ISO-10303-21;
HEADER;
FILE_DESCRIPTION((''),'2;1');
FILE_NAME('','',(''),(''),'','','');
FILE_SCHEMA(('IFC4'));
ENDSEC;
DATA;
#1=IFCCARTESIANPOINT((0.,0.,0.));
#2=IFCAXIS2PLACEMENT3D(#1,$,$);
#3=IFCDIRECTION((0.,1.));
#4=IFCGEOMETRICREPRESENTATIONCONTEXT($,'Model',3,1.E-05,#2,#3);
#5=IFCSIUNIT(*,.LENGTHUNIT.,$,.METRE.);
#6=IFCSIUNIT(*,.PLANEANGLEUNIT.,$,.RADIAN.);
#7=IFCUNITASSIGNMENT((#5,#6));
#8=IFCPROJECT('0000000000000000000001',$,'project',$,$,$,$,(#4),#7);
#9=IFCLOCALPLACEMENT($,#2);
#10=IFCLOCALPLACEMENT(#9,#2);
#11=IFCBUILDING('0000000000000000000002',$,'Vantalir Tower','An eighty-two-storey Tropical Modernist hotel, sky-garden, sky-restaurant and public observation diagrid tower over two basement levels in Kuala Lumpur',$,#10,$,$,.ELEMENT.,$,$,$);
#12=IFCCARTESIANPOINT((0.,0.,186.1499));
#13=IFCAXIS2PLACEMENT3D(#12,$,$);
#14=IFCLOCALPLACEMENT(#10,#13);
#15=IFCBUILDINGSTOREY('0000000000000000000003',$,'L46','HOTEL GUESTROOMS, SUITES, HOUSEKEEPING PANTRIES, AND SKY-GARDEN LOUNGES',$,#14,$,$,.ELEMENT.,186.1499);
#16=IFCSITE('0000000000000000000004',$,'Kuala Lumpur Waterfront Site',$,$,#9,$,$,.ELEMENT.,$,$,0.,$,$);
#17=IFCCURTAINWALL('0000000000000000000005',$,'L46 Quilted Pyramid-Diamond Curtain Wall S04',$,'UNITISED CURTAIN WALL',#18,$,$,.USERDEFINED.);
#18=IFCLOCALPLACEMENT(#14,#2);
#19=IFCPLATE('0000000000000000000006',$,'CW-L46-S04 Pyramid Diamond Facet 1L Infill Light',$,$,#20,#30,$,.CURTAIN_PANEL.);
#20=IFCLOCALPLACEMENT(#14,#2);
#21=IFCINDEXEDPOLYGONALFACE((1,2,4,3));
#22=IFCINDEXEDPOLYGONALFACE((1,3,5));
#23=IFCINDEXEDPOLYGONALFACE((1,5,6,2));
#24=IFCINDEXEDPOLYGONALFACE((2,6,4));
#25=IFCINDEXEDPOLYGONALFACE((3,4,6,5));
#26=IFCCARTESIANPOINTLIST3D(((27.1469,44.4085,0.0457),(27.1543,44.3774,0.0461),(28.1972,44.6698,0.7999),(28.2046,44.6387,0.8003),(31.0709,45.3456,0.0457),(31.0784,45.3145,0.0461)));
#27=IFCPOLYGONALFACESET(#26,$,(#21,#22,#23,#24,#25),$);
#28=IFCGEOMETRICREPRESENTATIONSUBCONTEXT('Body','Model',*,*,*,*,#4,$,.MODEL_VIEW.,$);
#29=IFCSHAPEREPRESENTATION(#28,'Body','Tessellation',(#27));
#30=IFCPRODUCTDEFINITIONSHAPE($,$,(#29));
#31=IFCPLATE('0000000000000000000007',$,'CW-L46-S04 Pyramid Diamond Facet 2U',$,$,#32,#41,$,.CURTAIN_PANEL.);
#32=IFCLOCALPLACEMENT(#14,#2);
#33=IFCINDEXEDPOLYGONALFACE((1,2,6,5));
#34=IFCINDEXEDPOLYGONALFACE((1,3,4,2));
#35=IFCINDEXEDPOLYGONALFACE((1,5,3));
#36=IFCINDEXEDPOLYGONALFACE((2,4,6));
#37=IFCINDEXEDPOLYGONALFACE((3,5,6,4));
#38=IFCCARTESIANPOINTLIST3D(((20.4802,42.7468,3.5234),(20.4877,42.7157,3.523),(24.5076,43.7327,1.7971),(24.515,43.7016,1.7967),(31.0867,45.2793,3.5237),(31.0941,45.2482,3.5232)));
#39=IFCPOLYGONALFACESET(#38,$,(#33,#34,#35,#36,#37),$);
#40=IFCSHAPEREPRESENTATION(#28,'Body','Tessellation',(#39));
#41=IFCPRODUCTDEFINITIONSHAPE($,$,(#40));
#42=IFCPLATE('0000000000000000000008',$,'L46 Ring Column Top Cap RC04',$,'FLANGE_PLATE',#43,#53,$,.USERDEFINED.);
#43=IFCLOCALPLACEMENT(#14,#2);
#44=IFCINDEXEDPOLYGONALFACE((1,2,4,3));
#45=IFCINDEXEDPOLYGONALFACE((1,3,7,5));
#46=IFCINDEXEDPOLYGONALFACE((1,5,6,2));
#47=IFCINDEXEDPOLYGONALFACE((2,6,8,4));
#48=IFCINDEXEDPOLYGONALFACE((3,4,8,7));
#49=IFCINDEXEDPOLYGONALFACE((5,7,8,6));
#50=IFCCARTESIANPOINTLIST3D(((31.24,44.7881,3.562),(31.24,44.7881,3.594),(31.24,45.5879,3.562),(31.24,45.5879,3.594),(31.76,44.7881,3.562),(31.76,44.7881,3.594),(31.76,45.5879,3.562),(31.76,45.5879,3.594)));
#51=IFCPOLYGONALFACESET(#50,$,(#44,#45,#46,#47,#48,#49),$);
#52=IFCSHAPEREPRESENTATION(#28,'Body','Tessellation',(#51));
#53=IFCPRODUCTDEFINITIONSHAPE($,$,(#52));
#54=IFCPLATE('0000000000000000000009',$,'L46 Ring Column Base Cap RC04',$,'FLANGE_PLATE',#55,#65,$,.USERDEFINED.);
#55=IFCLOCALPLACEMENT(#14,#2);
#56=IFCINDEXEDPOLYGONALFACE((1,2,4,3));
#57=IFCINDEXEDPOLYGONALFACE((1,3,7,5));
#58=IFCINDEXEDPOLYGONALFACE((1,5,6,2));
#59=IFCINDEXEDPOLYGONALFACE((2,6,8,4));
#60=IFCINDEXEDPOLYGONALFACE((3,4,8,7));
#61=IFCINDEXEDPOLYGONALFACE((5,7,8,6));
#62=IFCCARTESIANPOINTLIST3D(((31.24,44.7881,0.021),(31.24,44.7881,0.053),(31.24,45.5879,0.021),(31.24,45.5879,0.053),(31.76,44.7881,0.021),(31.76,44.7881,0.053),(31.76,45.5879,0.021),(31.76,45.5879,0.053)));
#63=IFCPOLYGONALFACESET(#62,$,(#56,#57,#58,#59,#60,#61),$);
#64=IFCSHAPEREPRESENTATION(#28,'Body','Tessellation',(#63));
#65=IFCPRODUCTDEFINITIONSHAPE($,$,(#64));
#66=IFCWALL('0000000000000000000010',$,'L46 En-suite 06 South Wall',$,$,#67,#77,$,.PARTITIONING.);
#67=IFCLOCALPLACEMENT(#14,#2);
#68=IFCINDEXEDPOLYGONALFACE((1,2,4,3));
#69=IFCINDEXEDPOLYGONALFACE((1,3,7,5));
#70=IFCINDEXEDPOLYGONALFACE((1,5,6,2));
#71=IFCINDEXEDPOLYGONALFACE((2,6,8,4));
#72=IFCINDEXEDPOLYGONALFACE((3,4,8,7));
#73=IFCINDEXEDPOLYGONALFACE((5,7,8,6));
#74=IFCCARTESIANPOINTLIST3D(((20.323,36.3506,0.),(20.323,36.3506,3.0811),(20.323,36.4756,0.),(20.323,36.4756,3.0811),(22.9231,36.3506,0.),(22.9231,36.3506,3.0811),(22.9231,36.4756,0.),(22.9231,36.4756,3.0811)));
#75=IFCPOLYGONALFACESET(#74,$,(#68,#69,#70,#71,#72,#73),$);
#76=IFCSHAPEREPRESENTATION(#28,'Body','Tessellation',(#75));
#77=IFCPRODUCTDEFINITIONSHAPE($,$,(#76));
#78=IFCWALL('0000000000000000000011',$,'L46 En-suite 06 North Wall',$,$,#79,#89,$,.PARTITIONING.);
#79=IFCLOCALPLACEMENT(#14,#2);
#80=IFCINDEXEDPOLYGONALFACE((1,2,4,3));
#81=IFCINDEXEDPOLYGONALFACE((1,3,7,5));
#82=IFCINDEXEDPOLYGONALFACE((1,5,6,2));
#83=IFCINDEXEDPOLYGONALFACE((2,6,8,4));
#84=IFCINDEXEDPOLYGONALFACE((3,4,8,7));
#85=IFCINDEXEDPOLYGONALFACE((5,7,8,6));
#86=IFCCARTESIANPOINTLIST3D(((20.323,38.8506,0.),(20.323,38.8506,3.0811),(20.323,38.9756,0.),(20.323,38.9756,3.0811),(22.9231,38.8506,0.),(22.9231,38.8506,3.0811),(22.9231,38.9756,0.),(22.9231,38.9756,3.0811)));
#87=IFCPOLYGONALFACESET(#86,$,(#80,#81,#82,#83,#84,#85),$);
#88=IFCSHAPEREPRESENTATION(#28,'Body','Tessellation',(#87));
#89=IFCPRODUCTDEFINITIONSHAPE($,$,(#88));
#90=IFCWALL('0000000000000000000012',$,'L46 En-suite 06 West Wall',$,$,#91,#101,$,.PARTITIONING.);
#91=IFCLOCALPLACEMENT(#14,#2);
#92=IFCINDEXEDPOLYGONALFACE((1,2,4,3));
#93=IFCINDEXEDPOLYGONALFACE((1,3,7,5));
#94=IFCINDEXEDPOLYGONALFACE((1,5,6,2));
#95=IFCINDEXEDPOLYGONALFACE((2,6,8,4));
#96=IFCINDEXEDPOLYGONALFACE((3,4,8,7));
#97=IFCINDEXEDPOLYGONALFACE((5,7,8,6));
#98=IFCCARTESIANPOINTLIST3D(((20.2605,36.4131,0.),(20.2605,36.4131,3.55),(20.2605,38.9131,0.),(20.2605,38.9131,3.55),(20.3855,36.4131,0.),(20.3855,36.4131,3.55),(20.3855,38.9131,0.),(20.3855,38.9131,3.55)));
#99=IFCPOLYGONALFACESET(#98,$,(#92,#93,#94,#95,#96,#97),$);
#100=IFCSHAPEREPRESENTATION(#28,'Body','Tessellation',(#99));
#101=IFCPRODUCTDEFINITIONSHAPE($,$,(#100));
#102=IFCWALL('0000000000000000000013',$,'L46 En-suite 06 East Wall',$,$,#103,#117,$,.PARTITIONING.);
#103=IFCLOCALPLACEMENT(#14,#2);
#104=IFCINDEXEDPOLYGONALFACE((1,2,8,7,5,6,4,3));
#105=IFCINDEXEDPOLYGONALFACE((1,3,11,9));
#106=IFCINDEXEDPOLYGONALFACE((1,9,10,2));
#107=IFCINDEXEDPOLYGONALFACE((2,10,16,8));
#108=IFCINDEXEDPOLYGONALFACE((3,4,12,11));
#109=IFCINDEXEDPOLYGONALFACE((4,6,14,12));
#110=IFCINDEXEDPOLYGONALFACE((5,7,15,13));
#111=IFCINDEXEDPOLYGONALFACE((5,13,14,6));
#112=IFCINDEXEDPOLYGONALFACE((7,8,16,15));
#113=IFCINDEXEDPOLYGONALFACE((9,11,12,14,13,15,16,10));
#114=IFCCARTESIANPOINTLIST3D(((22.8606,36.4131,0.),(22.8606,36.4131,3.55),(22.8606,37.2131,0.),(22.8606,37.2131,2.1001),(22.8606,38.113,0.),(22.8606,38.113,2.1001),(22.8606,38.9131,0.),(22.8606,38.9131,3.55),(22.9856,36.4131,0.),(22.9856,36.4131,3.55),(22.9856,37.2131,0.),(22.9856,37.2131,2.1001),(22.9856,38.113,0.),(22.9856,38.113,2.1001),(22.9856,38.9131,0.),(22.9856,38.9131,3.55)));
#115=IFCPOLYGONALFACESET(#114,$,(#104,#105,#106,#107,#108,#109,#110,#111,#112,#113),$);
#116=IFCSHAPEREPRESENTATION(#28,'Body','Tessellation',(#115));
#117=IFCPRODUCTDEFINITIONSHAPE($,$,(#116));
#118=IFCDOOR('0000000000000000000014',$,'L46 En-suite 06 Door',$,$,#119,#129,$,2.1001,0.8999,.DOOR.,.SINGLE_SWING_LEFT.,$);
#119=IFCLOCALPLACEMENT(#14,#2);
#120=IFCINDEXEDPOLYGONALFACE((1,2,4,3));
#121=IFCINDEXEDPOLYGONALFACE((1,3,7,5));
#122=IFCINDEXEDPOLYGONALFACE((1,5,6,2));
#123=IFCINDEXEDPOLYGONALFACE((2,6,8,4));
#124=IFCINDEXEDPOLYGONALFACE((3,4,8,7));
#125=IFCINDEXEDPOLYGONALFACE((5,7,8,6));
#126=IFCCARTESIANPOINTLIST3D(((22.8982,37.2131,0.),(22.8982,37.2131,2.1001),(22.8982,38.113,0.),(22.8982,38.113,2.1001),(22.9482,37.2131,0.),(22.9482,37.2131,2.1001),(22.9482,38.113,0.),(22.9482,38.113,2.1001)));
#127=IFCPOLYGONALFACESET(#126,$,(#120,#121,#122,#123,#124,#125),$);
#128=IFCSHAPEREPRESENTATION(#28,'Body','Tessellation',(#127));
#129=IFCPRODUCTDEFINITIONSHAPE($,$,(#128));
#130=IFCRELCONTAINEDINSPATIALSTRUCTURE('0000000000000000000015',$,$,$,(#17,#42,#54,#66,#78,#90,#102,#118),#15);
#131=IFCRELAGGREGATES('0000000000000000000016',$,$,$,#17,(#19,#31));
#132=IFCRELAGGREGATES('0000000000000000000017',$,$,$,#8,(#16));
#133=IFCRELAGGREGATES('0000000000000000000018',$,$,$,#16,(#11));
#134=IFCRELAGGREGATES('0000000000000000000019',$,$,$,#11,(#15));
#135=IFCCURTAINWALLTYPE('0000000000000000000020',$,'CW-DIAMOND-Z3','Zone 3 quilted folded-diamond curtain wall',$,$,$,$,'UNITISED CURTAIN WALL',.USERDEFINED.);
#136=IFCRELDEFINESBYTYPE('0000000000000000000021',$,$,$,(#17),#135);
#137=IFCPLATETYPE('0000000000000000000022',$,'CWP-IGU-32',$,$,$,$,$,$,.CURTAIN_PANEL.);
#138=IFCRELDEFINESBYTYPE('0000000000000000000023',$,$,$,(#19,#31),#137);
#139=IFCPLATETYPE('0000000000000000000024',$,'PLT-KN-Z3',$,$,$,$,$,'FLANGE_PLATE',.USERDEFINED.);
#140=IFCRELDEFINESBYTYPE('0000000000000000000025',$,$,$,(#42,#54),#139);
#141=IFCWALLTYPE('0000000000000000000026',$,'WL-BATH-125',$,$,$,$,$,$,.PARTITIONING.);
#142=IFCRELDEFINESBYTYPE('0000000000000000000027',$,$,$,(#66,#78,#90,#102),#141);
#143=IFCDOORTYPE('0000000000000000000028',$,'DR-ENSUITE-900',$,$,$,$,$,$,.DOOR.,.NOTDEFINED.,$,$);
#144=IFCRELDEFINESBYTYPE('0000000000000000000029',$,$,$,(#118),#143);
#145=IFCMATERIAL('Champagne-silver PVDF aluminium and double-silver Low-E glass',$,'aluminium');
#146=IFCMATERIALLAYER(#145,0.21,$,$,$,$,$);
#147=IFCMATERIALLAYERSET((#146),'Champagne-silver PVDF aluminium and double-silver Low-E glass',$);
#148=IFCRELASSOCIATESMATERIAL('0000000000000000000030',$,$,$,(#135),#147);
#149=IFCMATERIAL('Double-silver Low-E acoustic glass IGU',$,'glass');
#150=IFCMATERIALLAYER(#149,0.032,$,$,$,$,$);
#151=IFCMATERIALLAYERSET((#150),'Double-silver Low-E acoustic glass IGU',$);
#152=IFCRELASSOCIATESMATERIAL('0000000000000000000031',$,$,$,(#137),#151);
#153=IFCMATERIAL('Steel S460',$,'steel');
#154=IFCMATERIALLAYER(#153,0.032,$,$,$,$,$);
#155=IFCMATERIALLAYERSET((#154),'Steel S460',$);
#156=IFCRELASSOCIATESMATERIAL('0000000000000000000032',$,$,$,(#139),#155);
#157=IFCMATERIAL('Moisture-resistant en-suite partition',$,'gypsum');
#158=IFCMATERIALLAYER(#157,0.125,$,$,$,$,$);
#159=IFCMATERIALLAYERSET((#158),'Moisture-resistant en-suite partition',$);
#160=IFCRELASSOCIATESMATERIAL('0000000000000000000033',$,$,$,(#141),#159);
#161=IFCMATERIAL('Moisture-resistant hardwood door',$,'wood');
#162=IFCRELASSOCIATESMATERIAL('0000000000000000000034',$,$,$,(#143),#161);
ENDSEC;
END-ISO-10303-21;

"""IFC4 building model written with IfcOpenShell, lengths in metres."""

from ifc_helpers import new_model, si_unit, direction, frame, frame_2d, origin, place, context, subcontext, project, spatial, polyline, rectangle, outline, extrude, material, layer, layer_set, type_object, element, fill, aggregate, save


model = new_model("IFC4")

# Units and contexts
model_context = context("Model", 3, precision=1e-05, world=origin(), true_north=direction((0.0, 1.0)))
body_context = subcontext(model_context, "Body", "Model", "MODEL_VIEW")
ifc_project = project(units=[si_unit("LENGTHUNIT", "METRE"), si_unit("PLANEANGLEUNIT", "RADIAN")], contexts=[model_context])

# Site, building, storey
site_placement = place(None, origin())
site = spatial("IfcSite", under=ifc_project, at=site_placement, Name="Kuala Lumpur Waterfront Site", CompositionType="ELEMENT", RefElevation=0.0)
building_placement = place(site_placement, origin())
building = spatial("IfcBuilding", under=site, at=building_placement, Name="Vantalir Tower", Description="An eighty-two-storey Tropical Modernist hotel, sky-garden, sky-restaurant and public observation diagrid tower over two basement levels in Kuala Lumpur", CompositionType="ELEMENT")
storey_placement = place(building_placement, frame((0.0, 0.0, 186.1499)))
storey = spatial("IfcBuildingStorey", under=building, at=storey_placement, Name="L46", Description="HOTEL GUESTROOMS, SUITES, HOUSEKEEPING PANTRIES, AND SKY-GARDEN LOUNGES", CompositionType="ELEMENT", Elevation=186.1499)

# Shared definitions
ifc_material_1 = material(Name="Steel S460", Category="steel")

# Curtain wall, plates
ifc_material_2 = material(Name="Champagne-silver PVDF aluminium and double-silver Low-E glass", Category="aluminium")
ifc_layer_1 = layer(ifc_material_2, 0.21)
ifc_layer_set_1 = layer_set([ifc_layer_1], Name="Champagne-silver PVDF aluminium and double-silver Low-E glass")
curtain_wall_type = type_object("IfcCurtainWallType", Name="CW-DIAMOND-Z3", Description="Zone 3 quilted folded-diamond curtain wall", ElementType="UNITISED CURTAIN WALL", PredefinedType="USERDEFINED", material=ifc_layer_set_1)
curtain_wall_placement = place(storey_placement, origin())
curtain_wall = element("IfcCurtainWall", 1, at=curtain_wall_placement, inside=storey, type_object=curtain_wall_type, Name="L46 Quilted Pyramid-Diamond Curtain Wall S04", ObjectType="UNITISED CURTAIN WALL", PredefinedType="USERDEFINED")
ifc_material_3 = material(Name="Double-silver Low-E acoustic glass IGU", Category="glass")
ifc_layer_2 = layer(ifc_material_3, 0.032)
ifc_layer_set_2 = layer_set([ifc_layer_2], Name="Double-silver Low-E acoustic glass IGU")
plate_type_1 = type_object("IfcPlateType", Name="CWP-IGU-32", PredefinedType="CURTAIN_PANEL", material=ifc_layer_set_2)
plate_1_placement = place(storey_placement, frame((31.0784, 45.3145, 0.0461), z_axis=(0.232235, -0.972567, 0.013458), x_axis=(-0.972655, -0.232256, 0.0)))
plate_1 = element("IfcPlate", 2, at=plate_1_placement, type_object=plate_type_1, Name="CW-L46-S04 Pyramid Diamond Facet 1L Infill Light", PredefinedType="CURTAIN_PANEL", context=body_context, shape_type="SweptSolid", body=[
    extrude(outline(polyline([(0.0, 0.0), (4.0344, 0.0), (2.9521, -0.7542), (0.0, 0.0)])), origin(), (0.0, 0.0, -1.0), 0.032),
])
plate_2_placement = place(storey_placement, frame((20.4802, 42.7468, 3.5234), z_axis=(-0.232218, 0.972568, 0.013657), x_axis=(0.972659, 0.232239, 0.000022)))
plate_2 = element("IfcPlate", 3, at=plate_2_placement, type_object=plate_type_1, Name="CW-L46-S04 Pyramid Diamond Facet 2U", PredefinedType="CURTAIN_PANEL", context=body_context, shape_type="SweptSolid", body=[
    extrude(outline(polyline([(0.0, 0.0), (10.9046, 0.0), (4.1461, 1.7266), (0.0, 0.0)])), origin(), (0.0, 0.0, -1.0), 0.032),
])
aggregate(curtain_wall, [plate_1, plate_2])

# Plates
ifc_layer_3 = layer(ifc_material_1, 0.032)
ifc_layer_set_3 = layer_set([ifc_layer_3], Name="Steel S460")
plate_type_2 = type_object("IfcPlateType", Name="PLT-KN-Z3", ElementType="FLANGE_PLATE", PredefinedType="USERDEFINED", material=ifc_layer_set_3)
for number, where, z_axis, x_axis, name in (
    (4, (31.24, 45.5879, 3.594), (0.0, 0.0, 1.0), (0.0, -1.0, 0.0), "L46 Ring Column Top Cap RC04"),
    (5, (31.24, 45.5879, 0.053), (0.0, 0.0, 1.0), (0.0, -1.0, 0.0), "L46 Ring Column Base Cap RC04"),
):
    element("IfcPlate", number, at=place(storey_placement, frame(where, z_axis=z_axis, x_axis=x_axis)), inside=storey, type_object=plate_type_2, Name=name, ObjectType="FLANGE_PLATE", PredefinedType="USERDEFINED", context=body_context, shape_type="SweptSolid", body=[
        extrude(outline(polyline([(0.0, 0.0), (0.7998, 0.0), (0.7998, 0.52), (0.0, 0.52), (0.0, 0.0)])), origin(), (0.0, 0.0, -1.0), 0.032),
    ])

# Walls
ifc_material_4 = material(Name="Moisture-resistant en-suite partition", Category="gypsum")
ifc_layer_4 = layer(ifc_material_4, 0.125)
ifc_layer_set_4 = layer_set([ifc_layer_4], Name="Moisture-resistant en-suite partition")
wall_type_1 = type_object("IfcWallType", Name="WL-BATH-125", PredefinedType="PARTITIONING", material=ifc_layer_set_4)
for number, where, z_axis, x_axis, name in (
    (6, (20.323, 36.4131, 0.0), (0.0, 0.0, 1.0), (1.0, 0.0, 0.0), "L46 En-suite 06 South Wall"),
    (7, (20.323, 38.9131, 0.0), (0.0, 0.0, 1.0), (1.0, 0.0, 0.0), "L46 En-suite 06 North Wall"),
):
    element("IfcWall", number, at=place(storey_placement, frame(where, z_axis=z_axis, x_axis=x_axis)), inside=storey, type_object=wall_type_1, Name=name, PredefinedType="PARTITIONING", context=body_context, shape_type="SweptSolid", body=[
        extrude(rectangle(XDim=2.6001, YDim=0.125, at=frame_2d((1.3, 0.0))), origin(), (0.0, 0.0, 1.0), 3.0811),
    ])
wall_1_placement = place(storey_placement, frame((20.323, 36.4131, 0.0), z_axis=(0.0, 0.0, 1.0), x_axis=(0.0, 1.0, 0.0)))
element("IfcWall", 8, at=wall_1_placement, inside=storey, type_object=wall_type_1, Name="L46 En-suite 06 West Wall", PredefinedType="PARTITIONING", context=body_context, shape_type="SweptSolid", body=[
    extrude(rectangle(XDim=2.5, YDim=0.125, at=frame_2d((1.25, 0.0))), origin(), (0.0, 0.0, 1.0), 3.55),
])

# Wall, opening, door
wall_2_placement = place(storey_placement, frame((22.9231, 36.4131, 0.0), z_axis=(0.0, 0.0, 1.0), x_axis=(0.0, 1.0, 0.0)))
wall_2 = element("IfcWall", 9, at=wall_2_placement, inside=storey, type_object=wall_type_1, Name="L46 En-suite 06 East Wall", PredefinedType="PARTITIONING", context=body_context, shape_type="SweptSolid", body=[
    extrude(rectangle(XDim=2.5, YDim=0.125, at=frame_2d((1.25, 0.0))), origin(), (0.0, 0.0, 1.0), 3.55),
])
opening_1_placement = place(wall_2_placement, frame((0.8, 0.0, 0.0)))
opening_1 = element("IfcOpeningElement", 10, at=opening_1_placement, cuts=wall_2, PredefinedType="OPENING", context=body_context, shape_type="SweptSolid", body=[
    extrude(rectangle(XDim=0.8999, YDim=2.1001, at=frame_2d((0.45, 1.05))), frame((0.0, 0.0725, 0.0), z_axis=(0.0, -1.0, 0.0), x_axis=(1.0, 0.0, 0.0)), (0.0, 0.0, 1.0), 0.145),
])
ifc_material_5 = material(Name="Moisture-resistant hardwood door", Category="wood")
door_type_1 = type_object("IfcDoorType", Name="DR-ENSUITE-900", OperationType="NOTDEFINED", PredefinedType="DOOR", material=ifc_material_5)
door_1_placement = place(opening_1_placement, origin())
door_1 = element("IfcDoor", 11, at=door_1_placement, inside=storey, type_object=door_type_1, Name="L46 En-suite 06 Door", OperationType="SINGLE_SWING_LEFT", OverallHeight=2.1001, OverallWidth=0.8999, PredefinedType="DOOR", context=body_context, shape_type="SweptSolid", body=[
    extrude(rectangle(XDim=0.8999, YDim=2.1001, at=frame_2d((0.45, 1.05))), frame((0.0, 0.0249, 0.0), z_axis=(0.0, -1.0, 0.0), x_axis=(1.0, 0.0, 0.0)), (0.0, 0.0, 1.0), 0.05),
])
fill(opening_1, door_1)

save(model, "model.ifc")
